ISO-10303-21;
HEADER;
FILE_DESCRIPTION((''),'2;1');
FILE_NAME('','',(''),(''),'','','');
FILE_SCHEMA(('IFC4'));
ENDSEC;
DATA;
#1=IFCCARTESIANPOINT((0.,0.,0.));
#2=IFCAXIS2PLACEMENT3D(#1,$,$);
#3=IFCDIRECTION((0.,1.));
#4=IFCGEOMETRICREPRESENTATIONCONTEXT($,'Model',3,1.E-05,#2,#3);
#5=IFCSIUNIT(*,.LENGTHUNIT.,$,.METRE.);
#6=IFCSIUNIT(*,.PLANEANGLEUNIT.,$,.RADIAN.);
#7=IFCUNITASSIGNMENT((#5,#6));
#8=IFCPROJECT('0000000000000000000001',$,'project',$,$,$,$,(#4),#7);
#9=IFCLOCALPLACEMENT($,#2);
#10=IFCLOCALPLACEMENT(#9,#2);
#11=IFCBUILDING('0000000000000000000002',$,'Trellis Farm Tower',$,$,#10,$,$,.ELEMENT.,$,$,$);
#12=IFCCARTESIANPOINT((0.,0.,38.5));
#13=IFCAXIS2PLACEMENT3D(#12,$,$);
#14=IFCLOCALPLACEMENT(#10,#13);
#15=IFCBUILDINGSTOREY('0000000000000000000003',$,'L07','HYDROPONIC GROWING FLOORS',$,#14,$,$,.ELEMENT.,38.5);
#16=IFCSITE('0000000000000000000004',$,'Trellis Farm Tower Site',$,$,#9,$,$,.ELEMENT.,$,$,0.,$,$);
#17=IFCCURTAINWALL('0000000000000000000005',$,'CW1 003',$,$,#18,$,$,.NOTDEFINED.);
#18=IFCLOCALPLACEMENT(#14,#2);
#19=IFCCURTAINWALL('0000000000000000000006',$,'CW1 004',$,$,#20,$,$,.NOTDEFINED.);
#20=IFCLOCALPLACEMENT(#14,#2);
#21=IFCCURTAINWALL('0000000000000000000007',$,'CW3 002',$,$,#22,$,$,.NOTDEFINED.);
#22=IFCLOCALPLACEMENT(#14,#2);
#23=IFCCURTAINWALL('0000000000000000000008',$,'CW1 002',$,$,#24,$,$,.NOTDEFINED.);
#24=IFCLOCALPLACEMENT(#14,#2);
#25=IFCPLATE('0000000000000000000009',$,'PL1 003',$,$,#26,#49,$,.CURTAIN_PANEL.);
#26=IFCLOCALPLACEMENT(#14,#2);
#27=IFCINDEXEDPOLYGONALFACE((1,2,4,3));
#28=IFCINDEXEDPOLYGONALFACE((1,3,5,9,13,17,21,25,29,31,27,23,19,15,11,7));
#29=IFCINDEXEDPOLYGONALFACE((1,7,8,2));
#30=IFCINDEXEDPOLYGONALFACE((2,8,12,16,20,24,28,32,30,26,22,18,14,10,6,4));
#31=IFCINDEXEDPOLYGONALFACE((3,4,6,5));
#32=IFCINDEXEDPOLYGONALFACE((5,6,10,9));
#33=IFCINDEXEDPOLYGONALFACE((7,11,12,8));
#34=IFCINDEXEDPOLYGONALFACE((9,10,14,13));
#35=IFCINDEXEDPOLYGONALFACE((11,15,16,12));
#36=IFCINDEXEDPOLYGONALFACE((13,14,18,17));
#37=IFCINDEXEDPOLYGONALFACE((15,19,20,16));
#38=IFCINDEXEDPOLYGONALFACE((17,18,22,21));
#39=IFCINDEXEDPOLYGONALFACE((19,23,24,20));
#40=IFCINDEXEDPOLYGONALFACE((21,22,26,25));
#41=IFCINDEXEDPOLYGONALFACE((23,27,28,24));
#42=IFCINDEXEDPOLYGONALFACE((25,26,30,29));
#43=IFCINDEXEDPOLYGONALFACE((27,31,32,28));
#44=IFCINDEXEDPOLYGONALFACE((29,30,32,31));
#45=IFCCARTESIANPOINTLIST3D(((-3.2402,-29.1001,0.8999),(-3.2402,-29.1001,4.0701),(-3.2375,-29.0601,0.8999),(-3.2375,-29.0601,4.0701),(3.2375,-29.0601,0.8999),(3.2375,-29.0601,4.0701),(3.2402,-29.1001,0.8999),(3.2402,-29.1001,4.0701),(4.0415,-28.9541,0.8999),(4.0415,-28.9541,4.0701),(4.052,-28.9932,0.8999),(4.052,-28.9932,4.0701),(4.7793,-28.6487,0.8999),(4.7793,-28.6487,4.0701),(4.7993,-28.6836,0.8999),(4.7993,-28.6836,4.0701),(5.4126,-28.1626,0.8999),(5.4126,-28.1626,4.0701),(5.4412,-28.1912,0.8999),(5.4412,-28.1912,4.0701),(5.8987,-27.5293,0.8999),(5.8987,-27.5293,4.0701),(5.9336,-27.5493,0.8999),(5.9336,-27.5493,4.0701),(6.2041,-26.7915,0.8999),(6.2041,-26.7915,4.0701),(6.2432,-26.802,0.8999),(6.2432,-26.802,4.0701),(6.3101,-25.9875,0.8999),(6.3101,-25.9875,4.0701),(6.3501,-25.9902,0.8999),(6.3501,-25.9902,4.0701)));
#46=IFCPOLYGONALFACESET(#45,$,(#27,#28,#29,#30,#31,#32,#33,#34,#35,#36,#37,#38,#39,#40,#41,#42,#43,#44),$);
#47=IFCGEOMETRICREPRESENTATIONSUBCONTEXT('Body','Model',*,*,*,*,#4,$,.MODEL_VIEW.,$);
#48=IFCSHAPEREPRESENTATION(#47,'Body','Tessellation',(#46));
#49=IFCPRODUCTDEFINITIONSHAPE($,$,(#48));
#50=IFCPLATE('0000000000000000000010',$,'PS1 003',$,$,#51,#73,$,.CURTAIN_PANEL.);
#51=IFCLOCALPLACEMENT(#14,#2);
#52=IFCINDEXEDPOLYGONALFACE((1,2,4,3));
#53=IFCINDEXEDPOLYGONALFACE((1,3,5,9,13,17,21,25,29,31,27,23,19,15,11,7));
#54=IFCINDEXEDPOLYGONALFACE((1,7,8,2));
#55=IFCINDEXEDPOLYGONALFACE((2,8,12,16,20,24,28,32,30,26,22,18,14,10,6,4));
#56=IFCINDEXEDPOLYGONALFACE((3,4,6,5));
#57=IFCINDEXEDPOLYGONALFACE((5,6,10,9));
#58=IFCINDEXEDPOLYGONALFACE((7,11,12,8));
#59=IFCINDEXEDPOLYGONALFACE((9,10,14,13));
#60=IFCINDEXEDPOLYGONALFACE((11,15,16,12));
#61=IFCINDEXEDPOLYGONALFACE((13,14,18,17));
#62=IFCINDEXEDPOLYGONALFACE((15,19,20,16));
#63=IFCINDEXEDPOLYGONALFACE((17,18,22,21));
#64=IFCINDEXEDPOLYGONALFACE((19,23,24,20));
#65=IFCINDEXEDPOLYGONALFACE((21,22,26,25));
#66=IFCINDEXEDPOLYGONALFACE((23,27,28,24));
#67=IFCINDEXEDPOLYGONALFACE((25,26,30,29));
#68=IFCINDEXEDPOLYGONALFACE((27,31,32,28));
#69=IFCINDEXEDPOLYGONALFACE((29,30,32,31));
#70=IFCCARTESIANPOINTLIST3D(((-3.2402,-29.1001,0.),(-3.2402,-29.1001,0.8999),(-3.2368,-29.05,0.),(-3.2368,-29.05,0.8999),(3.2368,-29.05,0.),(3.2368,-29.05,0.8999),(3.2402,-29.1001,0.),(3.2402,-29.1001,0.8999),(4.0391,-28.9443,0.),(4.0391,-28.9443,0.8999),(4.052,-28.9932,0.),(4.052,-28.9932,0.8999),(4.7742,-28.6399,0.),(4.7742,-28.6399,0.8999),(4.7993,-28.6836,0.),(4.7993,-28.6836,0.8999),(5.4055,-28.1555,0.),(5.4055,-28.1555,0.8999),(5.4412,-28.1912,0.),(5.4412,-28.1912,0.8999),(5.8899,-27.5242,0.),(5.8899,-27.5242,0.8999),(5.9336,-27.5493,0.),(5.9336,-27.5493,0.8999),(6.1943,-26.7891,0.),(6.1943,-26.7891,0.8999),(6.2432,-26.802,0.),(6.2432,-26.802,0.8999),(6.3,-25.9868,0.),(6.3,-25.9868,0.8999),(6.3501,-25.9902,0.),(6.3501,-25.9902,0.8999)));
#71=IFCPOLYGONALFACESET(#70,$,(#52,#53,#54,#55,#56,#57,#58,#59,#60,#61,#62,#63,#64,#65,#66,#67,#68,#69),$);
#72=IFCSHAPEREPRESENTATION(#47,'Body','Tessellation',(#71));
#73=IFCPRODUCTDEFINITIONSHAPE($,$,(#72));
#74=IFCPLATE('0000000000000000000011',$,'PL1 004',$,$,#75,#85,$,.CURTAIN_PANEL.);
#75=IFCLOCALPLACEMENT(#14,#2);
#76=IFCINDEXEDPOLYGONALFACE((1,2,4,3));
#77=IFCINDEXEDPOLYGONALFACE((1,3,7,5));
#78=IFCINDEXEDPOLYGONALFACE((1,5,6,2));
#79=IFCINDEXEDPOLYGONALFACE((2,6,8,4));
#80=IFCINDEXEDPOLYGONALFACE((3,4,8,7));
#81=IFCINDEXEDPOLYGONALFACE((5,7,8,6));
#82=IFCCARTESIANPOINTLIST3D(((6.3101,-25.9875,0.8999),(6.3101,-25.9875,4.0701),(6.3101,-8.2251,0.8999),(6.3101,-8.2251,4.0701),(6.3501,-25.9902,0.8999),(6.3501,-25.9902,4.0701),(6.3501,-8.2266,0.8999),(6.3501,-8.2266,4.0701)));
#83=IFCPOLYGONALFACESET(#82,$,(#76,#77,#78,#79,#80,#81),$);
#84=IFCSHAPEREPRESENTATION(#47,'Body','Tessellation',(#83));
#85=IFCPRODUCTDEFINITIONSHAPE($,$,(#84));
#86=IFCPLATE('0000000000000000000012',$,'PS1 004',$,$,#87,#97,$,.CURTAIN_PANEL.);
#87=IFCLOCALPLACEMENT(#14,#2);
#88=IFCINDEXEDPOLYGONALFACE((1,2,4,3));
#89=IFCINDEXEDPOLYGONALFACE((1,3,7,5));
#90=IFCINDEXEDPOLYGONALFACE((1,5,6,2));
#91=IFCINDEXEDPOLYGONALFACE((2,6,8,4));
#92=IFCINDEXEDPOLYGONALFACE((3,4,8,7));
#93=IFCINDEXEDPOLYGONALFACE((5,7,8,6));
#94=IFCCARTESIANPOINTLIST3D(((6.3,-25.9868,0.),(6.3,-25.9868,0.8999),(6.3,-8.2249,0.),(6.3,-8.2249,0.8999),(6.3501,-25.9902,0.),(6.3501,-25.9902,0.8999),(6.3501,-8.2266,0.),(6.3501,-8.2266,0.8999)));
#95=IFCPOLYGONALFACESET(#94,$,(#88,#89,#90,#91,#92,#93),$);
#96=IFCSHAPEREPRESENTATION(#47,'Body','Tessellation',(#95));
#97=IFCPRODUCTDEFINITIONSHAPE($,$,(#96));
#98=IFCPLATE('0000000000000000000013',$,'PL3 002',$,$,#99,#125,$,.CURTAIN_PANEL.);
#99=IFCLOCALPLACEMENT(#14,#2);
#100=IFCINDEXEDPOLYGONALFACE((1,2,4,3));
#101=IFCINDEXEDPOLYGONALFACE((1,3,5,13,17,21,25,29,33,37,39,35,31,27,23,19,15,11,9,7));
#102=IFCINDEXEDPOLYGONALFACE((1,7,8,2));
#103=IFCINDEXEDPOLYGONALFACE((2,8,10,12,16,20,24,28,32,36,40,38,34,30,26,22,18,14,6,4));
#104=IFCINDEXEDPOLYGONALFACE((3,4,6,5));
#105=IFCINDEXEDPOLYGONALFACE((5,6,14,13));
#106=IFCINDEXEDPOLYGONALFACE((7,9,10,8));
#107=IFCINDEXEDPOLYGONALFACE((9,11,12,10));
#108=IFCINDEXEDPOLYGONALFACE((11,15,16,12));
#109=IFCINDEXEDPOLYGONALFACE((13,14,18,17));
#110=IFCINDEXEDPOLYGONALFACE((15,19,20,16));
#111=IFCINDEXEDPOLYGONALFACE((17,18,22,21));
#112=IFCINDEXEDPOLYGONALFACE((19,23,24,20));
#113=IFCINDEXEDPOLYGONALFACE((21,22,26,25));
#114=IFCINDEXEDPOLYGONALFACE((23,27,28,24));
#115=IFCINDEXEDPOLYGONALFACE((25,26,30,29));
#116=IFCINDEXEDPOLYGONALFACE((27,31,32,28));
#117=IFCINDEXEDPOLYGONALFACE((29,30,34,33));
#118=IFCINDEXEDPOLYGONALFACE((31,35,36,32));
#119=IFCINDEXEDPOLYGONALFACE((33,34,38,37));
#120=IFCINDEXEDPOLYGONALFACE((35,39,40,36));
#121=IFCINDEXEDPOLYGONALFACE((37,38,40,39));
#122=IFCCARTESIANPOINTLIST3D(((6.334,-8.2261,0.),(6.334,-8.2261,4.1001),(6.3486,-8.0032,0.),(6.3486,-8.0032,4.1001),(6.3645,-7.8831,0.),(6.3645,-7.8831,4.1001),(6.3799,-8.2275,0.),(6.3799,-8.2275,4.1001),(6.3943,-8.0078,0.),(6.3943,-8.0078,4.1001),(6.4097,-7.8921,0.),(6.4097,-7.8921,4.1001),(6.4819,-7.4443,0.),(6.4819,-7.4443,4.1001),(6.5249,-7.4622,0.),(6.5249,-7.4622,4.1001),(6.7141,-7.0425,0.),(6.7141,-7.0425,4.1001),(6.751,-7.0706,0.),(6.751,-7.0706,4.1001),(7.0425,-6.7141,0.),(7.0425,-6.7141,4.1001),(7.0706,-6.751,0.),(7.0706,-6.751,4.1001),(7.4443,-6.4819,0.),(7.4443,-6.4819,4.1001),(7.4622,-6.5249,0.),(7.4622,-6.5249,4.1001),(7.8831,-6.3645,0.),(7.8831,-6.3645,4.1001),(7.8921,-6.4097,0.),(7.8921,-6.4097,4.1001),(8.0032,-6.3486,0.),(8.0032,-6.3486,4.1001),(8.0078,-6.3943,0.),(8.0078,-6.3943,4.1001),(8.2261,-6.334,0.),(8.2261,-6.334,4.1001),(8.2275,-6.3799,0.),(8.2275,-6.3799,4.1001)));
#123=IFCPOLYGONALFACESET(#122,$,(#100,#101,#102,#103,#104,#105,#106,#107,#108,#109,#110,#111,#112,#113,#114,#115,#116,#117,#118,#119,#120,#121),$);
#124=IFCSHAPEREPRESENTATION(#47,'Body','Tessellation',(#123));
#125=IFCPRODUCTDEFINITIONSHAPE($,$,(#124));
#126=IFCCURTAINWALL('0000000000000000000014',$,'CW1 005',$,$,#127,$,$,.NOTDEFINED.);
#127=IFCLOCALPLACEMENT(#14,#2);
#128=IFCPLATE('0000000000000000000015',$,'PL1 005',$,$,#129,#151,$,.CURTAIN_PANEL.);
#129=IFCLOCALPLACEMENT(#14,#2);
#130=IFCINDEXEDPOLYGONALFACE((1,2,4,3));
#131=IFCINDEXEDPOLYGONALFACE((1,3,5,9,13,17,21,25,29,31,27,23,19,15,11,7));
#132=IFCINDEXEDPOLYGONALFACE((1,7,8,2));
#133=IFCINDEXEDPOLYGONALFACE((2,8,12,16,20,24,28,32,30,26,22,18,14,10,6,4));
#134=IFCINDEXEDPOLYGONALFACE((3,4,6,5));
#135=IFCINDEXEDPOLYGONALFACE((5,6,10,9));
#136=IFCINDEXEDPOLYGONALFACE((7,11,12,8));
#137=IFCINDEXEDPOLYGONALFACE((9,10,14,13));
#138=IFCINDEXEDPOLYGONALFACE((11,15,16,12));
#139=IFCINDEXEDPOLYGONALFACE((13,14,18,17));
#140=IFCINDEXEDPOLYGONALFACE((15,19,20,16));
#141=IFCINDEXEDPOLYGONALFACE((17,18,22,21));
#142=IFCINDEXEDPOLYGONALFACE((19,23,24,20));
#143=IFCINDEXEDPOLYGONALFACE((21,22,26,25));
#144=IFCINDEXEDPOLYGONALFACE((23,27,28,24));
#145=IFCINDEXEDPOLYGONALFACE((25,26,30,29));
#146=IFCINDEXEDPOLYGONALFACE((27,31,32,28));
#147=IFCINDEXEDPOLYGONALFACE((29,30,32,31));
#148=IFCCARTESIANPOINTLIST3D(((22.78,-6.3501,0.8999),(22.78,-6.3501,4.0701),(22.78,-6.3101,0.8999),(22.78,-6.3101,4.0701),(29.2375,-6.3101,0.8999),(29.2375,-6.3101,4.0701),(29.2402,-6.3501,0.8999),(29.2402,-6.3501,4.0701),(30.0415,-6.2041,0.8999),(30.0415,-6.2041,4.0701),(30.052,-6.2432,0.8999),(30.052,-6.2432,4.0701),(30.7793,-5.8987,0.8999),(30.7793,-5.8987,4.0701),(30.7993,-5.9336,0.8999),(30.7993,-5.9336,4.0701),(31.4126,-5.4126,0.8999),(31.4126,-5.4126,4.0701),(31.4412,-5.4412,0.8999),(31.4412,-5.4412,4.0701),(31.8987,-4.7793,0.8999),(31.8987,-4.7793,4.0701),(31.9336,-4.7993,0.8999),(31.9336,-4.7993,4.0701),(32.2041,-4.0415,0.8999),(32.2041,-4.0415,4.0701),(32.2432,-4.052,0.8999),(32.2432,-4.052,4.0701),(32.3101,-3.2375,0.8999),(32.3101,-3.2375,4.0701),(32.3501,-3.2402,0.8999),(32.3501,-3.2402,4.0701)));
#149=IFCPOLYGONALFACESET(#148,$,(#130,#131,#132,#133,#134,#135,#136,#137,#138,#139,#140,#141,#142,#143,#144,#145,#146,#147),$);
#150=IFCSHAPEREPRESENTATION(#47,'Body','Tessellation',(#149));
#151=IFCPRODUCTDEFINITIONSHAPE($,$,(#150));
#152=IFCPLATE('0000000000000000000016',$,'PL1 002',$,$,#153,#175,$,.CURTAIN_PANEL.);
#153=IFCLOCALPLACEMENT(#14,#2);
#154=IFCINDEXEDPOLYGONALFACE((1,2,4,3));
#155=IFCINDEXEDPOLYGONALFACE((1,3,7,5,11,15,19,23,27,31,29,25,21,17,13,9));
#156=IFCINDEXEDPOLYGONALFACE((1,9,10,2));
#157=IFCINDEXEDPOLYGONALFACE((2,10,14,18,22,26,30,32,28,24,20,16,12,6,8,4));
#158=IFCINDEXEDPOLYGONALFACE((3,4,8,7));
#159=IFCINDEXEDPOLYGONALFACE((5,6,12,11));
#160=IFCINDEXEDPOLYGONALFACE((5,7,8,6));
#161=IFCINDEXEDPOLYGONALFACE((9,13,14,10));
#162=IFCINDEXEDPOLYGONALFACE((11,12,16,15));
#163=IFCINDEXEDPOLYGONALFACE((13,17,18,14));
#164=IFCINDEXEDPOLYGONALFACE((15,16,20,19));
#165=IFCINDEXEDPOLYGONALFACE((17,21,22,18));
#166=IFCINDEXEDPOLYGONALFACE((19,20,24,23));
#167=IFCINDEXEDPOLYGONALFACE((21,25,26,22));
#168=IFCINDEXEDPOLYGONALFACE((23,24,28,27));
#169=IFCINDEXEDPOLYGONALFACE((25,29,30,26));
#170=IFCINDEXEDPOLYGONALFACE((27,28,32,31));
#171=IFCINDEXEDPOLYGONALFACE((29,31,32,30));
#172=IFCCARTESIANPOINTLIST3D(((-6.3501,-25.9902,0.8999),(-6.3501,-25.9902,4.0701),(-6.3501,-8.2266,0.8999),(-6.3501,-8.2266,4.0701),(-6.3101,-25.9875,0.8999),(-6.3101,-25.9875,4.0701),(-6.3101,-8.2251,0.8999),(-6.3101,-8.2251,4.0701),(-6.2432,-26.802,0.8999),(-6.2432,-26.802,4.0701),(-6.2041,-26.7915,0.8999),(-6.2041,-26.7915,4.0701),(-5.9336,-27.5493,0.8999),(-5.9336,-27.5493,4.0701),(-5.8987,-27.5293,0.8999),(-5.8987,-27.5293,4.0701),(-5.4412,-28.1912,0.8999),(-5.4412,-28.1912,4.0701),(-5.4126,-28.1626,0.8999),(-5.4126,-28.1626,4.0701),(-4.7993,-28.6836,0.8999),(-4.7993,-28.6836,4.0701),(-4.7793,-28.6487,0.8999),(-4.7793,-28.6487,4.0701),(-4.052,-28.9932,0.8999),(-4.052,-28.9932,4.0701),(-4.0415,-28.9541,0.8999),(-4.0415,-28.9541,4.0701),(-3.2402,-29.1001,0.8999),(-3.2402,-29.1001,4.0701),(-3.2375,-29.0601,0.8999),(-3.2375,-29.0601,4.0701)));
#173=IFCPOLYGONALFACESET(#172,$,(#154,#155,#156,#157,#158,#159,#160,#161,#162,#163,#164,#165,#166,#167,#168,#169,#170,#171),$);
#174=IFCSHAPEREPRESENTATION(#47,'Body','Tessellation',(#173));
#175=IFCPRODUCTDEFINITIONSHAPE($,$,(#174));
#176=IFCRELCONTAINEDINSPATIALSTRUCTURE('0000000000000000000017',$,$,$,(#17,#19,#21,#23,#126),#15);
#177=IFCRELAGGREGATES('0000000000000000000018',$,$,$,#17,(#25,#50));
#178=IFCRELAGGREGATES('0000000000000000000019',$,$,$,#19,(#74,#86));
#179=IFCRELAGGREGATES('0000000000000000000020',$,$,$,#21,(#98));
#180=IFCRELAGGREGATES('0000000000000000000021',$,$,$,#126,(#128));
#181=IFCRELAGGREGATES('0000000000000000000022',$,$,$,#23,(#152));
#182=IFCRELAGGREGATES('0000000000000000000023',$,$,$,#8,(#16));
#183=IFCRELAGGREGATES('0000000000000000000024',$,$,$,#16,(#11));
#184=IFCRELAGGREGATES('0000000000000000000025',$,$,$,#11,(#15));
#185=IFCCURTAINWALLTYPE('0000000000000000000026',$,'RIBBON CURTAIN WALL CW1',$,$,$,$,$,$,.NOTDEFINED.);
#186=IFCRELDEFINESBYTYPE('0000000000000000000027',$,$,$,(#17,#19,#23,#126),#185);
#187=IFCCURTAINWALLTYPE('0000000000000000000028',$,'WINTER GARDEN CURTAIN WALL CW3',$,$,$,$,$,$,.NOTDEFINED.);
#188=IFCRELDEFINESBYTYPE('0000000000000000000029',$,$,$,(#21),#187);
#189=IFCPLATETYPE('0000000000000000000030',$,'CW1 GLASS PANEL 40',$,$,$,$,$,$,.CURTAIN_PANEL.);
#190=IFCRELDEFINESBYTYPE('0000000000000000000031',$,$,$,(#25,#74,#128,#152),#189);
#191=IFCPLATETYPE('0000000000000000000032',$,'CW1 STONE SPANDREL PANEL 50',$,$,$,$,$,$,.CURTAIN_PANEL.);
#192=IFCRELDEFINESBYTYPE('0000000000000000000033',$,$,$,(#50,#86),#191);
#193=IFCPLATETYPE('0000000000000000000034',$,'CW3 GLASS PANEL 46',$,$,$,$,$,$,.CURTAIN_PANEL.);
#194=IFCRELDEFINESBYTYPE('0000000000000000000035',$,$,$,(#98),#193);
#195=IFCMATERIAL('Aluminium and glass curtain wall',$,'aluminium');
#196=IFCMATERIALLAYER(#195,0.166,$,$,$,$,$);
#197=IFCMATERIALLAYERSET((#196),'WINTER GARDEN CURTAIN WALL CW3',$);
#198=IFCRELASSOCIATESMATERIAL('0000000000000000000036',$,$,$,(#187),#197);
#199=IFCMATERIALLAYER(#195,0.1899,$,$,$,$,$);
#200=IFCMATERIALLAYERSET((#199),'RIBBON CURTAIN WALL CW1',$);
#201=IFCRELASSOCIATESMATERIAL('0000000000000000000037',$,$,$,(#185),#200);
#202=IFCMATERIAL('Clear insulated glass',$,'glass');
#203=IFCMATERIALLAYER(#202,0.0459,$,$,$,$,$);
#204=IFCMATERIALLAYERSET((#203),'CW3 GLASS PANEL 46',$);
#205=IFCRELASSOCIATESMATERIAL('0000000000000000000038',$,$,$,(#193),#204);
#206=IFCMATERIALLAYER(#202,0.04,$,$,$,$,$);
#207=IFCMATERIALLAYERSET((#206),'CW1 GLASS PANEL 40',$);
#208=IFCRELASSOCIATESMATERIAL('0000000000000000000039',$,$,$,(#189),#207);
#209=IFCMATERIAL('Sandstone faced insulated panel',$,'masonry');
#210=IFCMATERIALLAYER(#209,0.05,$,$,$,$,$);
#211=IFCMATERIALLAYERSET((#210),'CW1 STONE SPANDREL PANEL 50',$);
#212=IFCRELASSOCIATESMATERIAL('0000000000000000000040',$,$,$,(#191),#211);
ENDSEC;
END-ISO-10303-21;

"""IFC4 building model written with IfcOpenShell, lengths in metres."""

from ifc_helpers import new_model, si_unit, direction, frame, origin, place, context, subcontext, project, spatial, polyline, outline, extrude, source, transform, mapped, material, layer, layer_set, type_object, element, aggregate, save


model = new_model("IFC4")

# Units and contexts
model_context = context("Model", 3, precision=1e-05, world=origin(), true_north=direction((0.0, 1.0)))
body_context = subcontext(model_context, "Body", "Model", "MODEL_VIEW")
ifc_project = project(units=[si_unit("LENGTHUNIT", "METRE"), si_unit("PLANEANGLEUNIT", "RADIAN")], contexts=[model_context])

# Site, building, storey
site_placement = place(None, origin())
site = spatial("IfcSite", under=ifc_project, at=site_placement, Name="Trellis Farm Tower Site", CompositionType="ELEMENT", RefElevation=0.0)
building_placement = place(site_placement, origin())
building = spatial("IfcBuilding", under=site, at=building_placement, Name="Trellis Farm Tower", CompositionType="ELEMENT")
storey_placement = place(building_placement, frame((0.0, 0.0, 38.5)))
storey = spatial("IfcBuildingStorey", under=building, at=storey_placement, Name="L07", Description="HYDROPONIC GROWING FLOORS", CompositionType="ELEMENT", Elevation=38.5)

# Curtain walls
ifc_material_1 = material(Name="Aluminium and glass curtain wall", Category="aluminium")
ifc_layer_1 = layer(ifc_material_1, 0.166)
ifc_layer_set_1 = layer_set([ifc_layer_1], Name="WINTER GARDEN CURTAIN WALL CW3")
curtain_wall_type_1 = type_object("IfcCurtainWallType", Name="WINTER GARDEN CURTAIN WALL CW3", PredefinedType="NOTDEFINED", material=ifc_layer_set_1)
placement_1 = place(storey_placement, origin())
ifc_layer_2 = layer(ifc_material_1, 0.1899)
ifc_layer_set_2 = layer_set([ifc_layer_2], Name="RIBBON CURTAIN WALL CW1")
curtain_wall_type_2 = type_object("IfcCurtainWallType", Name="RIBBON CURTAIN WALL CW1", PredefinedType="NOTDEFINED", material=ifc_layer_set_2)
curtain_wall_1 = element("IfcCurtainWall", 1, at=placement_1, inside=storey, type_object=curtain_wall_type_2, Name="CW1 003", PredefinedType="NOTDEFINED")
curtain_wall_2 = element("IfcCurtainWall", 2, at=placement_1, inside=storey, type_object=curtain_wall_type_2, Name="CW1 004", PredefinedType="NOTDEFINED")
curtain_wall_3 = element("IfcCurtainWall", 3, at=placement_1, inside=storey, type_object=curtain_wall_type_1, Name="CW3 002", PredefinedType="NOTDEFINED")
curtain_wall_4 = element("IfcCurtainWall", 4, at=placement_1, inside=storey, type_object=curtain_wall_type_2, Name="CW1 002", PredefinedType="NOTDEFINED")

# Plates
ifc_material_2 = material(Name="Clear insulated glass", Category="glass")
ifc_layer_3 = layer(ifc_material_2, 0.0459)
ifc_layer_set_3 = layer_set([ifc_layer_3], Name="CW3 GLASS PANEL 46")
plate_type_1 = type_object("IfcPlateType", Name="CW3 GLASS PANEL 46", PredefinedType="CURTAIN_PANEL", material=ifc_layer_set_3)
ifc_layer_4 = layer(ifc_material_2, 0.04)
ifc_layer_set_4 = layer_set([ifc_layer_4], Name="CW1 GLASS PANEL 40")
plate_type_2 = type_object("IfcPlateType", Name="CW1 GLASS PANEL 40", PredefinedType="CURTAIN_PANEL", material=ifc_layer_set_4)
shared_shape_1 = source(origin(), body_context, "Body", "SweptSolid", [
    extrude(outline(polyline([(-3.2402, -29.1001), (3.2402, -29.1001), (4.052, -28.9932), (4.7993, -28.6836), (5.4412, -28.1912), (5.9336, -27.5493), (6.2432, -26.802), (6.3501, -25.9902), (6.3101, -25.9875), (6.2041, -26.7915), (5.8987, -27.5293), (5.4126, -28.1626), (4.7793, -28.6487), (4.0415, -28.9541), (3.2375, -29.0601), (-3.2375, -29.0601), (-3.2402, -29.1001)])), origin(), (0.0, 0.0, 1.0), 3.1702),
])
placement_2 = place(storey_placement, frame((0.0, 0.0, 0.8999)))
plate_1 = element("IfcPlate", 5, at=placement_2, type_object=plate_type_2, Name="PL1 003", PredefinedType="CURTAIN_PANEL", context=body_context, shape_type="MappedRepresentation", body=[
    mapped(shared_shape_1, transform((0.0, 0.0, 0.0))),
])
ifc_material_3 = material(Name="Sandstone faced insulated panel", Category="masonry")
ifc_layer_5 = layer(ifc_material_3, 0.05)
ifc_layer_set_5 = layer_set([ifc_layer_5], Name="CW1 STONE SPANDREL PANEL 50")
plate_type_3 = type_object("IfcPlateType", Name="CW1 STONE SPANDREL PANEL 50", PredefinedType="CURTAIN_PANEL", material=ifc_layer_set_5)
shared_shape_2 = source(origin(), body_context, "Body", "SweptSolid", [
    extrude(outline(polyline([(-3.2402, -29.1001), (3.2402, -29.1001), (4.052, -28.9932), (4.7993, -28.6836), (5.4412, -28.1912), (5.9336, -27.5493), (6.2432, -26.802), (6.3501, -25.9902), (6.3, -25.9868), (6.1943, -26.7891), (5.8899, -27.5242), (5.4055, -28.1555), (4.7742, -28.6399), (4.0391, -28.9443), (3.2368, -29.05), (-3.2368, -29.05), (-3.2402, -29.1001)])), origin(), (0.0, 0.0, 1.0), 0.8999),
])
plate_2 = element("IfcPlate", 6, at=placement_1, type_object=plate_type_3, Name="PS1 003", PredefinedType="CURTAIN_PANEL", context=body_context, shape_type="MappedRepresentation", body=[
    mapped(shared_shape_2, transform((0.0, 0.0, 0.0))),
])
aggregate(curtain_wall_1, [plate_1, plate_2])
shared_shape_3 = source(origin(), body_context, "Body", "SweptSolid", [
    extrude(outline(polyline([(6.3501, -25.9902), (6.3501, -8.2266), (6.3101, -8.2251), (6.3101, -25.9875), (6.3501, -25.9902)])), origin(), (0.0, 0.0, 1.0), 3.1702),
])
plate_3 = element("IfcPlate", 7, at=placement_2, type_object=plate_type_2, Name="PL1 004", PredefinedType="CURTAIN_PANEL", context=body_context, shape_type="MappedRepresentation", body=[
    mapped(shared_shape_3, transform((0.0, 0.0, 0.0))),
])
shared_shape_4 = source(origin(), body_context, "Body", "SweptSolid", [
    extrude(outline(polyline([(6.3501, -25.9902), (6.3501, -8.2266), (6.3, -8.2249), (6.3, -25.9868), (6.3501, -25.9902)])), origin(), (0.0, 0.0, 1.0), 0.8999),
])
plate_4 = element("IfcPlate", 8, at=placement_1, type_object=plate_type_3, Name="PS1 004", PredefinedType="CURTAIN_PANEL", context=body_context, shape_type="MappedRepresentation", body=[
    mapped(shared_shape_4, transform((0.0, 0.0, 0.0))),
])
aggregate(curtain_wall_2, [plate_3, plate_4])
shared_shape_5 = source(origin(), body_context, "Body", "SweptSolid", [
    extrude(outline(polyline([(6.3799, -8.2275), (6.3943, -8.0078), (6.4097, -7.8921), (6.5249, -7.4622), (6.751, -7.0706), (7.0706, -6.751), (7.4622, -6.5249), (7.8921, -6.4097), (8.0078, -6.3943), (8.2275, -6.3799), (8.2261, -6.334), (8.0032, -6.3486), (7.8831, -6.3645), (7.4443, -6.4819), (7.0425, -6.7141), (6.7141, -7.0425), (6.4819, -7.4443), (6.3645, -7.8831), (6.3486, -8.0032), (6.334, -8.2261), (6.3799, -8.2275)])), origin(), (0.0, 0.0, 1.0), 4.1001),
])
plate_5 = element("IfcPlate", 9, at=placement_1, type_object=plate_type_1, Name="PL3 002", PredefinedType="CURTAIN_PANEL", context=body_context, shape_type="MappedRepresentation", body=[
    mapped(shared_shape_5, transform((0.0, 0.0, 0.0))),
])
aggregate(curtain_wall_3, [plate_5])

# Curtain wall, plate
curtain_wall_5 = element("IfcCurtainWall", 10, at=placement_1, inside=storey, type_object=curtain_wall_type_2, Name="CW1 005", PredefinedType="NOTDEFINED")
shared_shape_6 = source(origin(), body_context, "Body", "SweptSolid", [
    extrude(outline(polyline([(22.78, -6.3501), (29.2402, -6.3501), (30.052, -6.2432), (30.7993, -5.9336), (31.4412, -5.4412), (31.9336, -4.7993), (32.2432, -4.052), (32.3501, -3.2402), (32.3101, -3.2375), (32.2041, -4.0415), (31.8987, -4.7793), (31.4126, -5.4126), (30.7793, -5.8987), (30.0415, -6.2041), (29.2375, -6.3101), (22.78, -6.3101), (22.78, -6.3501)])), origin(), (0.0, 0.0, 1.0), 3.1702),
])
plate_6 = element("IfcPlate", 11, at=placement_2, type_object=plate_type_2, Name="PL1 005", PredefinedType="CURTAIN_PANEL", context=body_context, shape_type="MappedRepresentation", body=[
    mapped(shared_shape_6, transform((0.0, 0.0, 0.0))),
])
aggregate(curtain_wall_5, [plate_6])

# Plate
shared_shape_7 = source(origin(), body_context, "Body", "SweptSolid", [
    extrude(outline(polyline([(-6.3501, -8.2266), (-6.3501, -25.9902), (-6.2432, -26.802), (-5.9336, -27.5493), (-5.4412, -28.1912), (-4.7993, -28.6836), (-4.052, -28.9932), (-3.2402, -29.1001), (-3.2375, -29.0601), (-4.0415, -28.9541), (-4.7793, -28.6487), (-5.4126, -28.1626), (-5.8987, -27.5293), (-6.2041, -26.7915), (-6.3101, -25.9875), (-6.3101, -8.2251), (-6.3501, -8.2266)])), origin(), (0.0, 0.0, 1.0), 3.1702),
])
plate_7 = element("IfcPlate", 12, at=placement_2, type_object=plate_type_2, Name="PL1 002", PredefinedType="CURTAIN_PANEL", context=body_context, shape_type="MappedRepresentation", body=[
    mapped(shared_shape_7, transform((0.0, 0.0, 0.0))),
])
aggregate(curtain_wall_4, [plate_7])

save(model, "model.ifc")
